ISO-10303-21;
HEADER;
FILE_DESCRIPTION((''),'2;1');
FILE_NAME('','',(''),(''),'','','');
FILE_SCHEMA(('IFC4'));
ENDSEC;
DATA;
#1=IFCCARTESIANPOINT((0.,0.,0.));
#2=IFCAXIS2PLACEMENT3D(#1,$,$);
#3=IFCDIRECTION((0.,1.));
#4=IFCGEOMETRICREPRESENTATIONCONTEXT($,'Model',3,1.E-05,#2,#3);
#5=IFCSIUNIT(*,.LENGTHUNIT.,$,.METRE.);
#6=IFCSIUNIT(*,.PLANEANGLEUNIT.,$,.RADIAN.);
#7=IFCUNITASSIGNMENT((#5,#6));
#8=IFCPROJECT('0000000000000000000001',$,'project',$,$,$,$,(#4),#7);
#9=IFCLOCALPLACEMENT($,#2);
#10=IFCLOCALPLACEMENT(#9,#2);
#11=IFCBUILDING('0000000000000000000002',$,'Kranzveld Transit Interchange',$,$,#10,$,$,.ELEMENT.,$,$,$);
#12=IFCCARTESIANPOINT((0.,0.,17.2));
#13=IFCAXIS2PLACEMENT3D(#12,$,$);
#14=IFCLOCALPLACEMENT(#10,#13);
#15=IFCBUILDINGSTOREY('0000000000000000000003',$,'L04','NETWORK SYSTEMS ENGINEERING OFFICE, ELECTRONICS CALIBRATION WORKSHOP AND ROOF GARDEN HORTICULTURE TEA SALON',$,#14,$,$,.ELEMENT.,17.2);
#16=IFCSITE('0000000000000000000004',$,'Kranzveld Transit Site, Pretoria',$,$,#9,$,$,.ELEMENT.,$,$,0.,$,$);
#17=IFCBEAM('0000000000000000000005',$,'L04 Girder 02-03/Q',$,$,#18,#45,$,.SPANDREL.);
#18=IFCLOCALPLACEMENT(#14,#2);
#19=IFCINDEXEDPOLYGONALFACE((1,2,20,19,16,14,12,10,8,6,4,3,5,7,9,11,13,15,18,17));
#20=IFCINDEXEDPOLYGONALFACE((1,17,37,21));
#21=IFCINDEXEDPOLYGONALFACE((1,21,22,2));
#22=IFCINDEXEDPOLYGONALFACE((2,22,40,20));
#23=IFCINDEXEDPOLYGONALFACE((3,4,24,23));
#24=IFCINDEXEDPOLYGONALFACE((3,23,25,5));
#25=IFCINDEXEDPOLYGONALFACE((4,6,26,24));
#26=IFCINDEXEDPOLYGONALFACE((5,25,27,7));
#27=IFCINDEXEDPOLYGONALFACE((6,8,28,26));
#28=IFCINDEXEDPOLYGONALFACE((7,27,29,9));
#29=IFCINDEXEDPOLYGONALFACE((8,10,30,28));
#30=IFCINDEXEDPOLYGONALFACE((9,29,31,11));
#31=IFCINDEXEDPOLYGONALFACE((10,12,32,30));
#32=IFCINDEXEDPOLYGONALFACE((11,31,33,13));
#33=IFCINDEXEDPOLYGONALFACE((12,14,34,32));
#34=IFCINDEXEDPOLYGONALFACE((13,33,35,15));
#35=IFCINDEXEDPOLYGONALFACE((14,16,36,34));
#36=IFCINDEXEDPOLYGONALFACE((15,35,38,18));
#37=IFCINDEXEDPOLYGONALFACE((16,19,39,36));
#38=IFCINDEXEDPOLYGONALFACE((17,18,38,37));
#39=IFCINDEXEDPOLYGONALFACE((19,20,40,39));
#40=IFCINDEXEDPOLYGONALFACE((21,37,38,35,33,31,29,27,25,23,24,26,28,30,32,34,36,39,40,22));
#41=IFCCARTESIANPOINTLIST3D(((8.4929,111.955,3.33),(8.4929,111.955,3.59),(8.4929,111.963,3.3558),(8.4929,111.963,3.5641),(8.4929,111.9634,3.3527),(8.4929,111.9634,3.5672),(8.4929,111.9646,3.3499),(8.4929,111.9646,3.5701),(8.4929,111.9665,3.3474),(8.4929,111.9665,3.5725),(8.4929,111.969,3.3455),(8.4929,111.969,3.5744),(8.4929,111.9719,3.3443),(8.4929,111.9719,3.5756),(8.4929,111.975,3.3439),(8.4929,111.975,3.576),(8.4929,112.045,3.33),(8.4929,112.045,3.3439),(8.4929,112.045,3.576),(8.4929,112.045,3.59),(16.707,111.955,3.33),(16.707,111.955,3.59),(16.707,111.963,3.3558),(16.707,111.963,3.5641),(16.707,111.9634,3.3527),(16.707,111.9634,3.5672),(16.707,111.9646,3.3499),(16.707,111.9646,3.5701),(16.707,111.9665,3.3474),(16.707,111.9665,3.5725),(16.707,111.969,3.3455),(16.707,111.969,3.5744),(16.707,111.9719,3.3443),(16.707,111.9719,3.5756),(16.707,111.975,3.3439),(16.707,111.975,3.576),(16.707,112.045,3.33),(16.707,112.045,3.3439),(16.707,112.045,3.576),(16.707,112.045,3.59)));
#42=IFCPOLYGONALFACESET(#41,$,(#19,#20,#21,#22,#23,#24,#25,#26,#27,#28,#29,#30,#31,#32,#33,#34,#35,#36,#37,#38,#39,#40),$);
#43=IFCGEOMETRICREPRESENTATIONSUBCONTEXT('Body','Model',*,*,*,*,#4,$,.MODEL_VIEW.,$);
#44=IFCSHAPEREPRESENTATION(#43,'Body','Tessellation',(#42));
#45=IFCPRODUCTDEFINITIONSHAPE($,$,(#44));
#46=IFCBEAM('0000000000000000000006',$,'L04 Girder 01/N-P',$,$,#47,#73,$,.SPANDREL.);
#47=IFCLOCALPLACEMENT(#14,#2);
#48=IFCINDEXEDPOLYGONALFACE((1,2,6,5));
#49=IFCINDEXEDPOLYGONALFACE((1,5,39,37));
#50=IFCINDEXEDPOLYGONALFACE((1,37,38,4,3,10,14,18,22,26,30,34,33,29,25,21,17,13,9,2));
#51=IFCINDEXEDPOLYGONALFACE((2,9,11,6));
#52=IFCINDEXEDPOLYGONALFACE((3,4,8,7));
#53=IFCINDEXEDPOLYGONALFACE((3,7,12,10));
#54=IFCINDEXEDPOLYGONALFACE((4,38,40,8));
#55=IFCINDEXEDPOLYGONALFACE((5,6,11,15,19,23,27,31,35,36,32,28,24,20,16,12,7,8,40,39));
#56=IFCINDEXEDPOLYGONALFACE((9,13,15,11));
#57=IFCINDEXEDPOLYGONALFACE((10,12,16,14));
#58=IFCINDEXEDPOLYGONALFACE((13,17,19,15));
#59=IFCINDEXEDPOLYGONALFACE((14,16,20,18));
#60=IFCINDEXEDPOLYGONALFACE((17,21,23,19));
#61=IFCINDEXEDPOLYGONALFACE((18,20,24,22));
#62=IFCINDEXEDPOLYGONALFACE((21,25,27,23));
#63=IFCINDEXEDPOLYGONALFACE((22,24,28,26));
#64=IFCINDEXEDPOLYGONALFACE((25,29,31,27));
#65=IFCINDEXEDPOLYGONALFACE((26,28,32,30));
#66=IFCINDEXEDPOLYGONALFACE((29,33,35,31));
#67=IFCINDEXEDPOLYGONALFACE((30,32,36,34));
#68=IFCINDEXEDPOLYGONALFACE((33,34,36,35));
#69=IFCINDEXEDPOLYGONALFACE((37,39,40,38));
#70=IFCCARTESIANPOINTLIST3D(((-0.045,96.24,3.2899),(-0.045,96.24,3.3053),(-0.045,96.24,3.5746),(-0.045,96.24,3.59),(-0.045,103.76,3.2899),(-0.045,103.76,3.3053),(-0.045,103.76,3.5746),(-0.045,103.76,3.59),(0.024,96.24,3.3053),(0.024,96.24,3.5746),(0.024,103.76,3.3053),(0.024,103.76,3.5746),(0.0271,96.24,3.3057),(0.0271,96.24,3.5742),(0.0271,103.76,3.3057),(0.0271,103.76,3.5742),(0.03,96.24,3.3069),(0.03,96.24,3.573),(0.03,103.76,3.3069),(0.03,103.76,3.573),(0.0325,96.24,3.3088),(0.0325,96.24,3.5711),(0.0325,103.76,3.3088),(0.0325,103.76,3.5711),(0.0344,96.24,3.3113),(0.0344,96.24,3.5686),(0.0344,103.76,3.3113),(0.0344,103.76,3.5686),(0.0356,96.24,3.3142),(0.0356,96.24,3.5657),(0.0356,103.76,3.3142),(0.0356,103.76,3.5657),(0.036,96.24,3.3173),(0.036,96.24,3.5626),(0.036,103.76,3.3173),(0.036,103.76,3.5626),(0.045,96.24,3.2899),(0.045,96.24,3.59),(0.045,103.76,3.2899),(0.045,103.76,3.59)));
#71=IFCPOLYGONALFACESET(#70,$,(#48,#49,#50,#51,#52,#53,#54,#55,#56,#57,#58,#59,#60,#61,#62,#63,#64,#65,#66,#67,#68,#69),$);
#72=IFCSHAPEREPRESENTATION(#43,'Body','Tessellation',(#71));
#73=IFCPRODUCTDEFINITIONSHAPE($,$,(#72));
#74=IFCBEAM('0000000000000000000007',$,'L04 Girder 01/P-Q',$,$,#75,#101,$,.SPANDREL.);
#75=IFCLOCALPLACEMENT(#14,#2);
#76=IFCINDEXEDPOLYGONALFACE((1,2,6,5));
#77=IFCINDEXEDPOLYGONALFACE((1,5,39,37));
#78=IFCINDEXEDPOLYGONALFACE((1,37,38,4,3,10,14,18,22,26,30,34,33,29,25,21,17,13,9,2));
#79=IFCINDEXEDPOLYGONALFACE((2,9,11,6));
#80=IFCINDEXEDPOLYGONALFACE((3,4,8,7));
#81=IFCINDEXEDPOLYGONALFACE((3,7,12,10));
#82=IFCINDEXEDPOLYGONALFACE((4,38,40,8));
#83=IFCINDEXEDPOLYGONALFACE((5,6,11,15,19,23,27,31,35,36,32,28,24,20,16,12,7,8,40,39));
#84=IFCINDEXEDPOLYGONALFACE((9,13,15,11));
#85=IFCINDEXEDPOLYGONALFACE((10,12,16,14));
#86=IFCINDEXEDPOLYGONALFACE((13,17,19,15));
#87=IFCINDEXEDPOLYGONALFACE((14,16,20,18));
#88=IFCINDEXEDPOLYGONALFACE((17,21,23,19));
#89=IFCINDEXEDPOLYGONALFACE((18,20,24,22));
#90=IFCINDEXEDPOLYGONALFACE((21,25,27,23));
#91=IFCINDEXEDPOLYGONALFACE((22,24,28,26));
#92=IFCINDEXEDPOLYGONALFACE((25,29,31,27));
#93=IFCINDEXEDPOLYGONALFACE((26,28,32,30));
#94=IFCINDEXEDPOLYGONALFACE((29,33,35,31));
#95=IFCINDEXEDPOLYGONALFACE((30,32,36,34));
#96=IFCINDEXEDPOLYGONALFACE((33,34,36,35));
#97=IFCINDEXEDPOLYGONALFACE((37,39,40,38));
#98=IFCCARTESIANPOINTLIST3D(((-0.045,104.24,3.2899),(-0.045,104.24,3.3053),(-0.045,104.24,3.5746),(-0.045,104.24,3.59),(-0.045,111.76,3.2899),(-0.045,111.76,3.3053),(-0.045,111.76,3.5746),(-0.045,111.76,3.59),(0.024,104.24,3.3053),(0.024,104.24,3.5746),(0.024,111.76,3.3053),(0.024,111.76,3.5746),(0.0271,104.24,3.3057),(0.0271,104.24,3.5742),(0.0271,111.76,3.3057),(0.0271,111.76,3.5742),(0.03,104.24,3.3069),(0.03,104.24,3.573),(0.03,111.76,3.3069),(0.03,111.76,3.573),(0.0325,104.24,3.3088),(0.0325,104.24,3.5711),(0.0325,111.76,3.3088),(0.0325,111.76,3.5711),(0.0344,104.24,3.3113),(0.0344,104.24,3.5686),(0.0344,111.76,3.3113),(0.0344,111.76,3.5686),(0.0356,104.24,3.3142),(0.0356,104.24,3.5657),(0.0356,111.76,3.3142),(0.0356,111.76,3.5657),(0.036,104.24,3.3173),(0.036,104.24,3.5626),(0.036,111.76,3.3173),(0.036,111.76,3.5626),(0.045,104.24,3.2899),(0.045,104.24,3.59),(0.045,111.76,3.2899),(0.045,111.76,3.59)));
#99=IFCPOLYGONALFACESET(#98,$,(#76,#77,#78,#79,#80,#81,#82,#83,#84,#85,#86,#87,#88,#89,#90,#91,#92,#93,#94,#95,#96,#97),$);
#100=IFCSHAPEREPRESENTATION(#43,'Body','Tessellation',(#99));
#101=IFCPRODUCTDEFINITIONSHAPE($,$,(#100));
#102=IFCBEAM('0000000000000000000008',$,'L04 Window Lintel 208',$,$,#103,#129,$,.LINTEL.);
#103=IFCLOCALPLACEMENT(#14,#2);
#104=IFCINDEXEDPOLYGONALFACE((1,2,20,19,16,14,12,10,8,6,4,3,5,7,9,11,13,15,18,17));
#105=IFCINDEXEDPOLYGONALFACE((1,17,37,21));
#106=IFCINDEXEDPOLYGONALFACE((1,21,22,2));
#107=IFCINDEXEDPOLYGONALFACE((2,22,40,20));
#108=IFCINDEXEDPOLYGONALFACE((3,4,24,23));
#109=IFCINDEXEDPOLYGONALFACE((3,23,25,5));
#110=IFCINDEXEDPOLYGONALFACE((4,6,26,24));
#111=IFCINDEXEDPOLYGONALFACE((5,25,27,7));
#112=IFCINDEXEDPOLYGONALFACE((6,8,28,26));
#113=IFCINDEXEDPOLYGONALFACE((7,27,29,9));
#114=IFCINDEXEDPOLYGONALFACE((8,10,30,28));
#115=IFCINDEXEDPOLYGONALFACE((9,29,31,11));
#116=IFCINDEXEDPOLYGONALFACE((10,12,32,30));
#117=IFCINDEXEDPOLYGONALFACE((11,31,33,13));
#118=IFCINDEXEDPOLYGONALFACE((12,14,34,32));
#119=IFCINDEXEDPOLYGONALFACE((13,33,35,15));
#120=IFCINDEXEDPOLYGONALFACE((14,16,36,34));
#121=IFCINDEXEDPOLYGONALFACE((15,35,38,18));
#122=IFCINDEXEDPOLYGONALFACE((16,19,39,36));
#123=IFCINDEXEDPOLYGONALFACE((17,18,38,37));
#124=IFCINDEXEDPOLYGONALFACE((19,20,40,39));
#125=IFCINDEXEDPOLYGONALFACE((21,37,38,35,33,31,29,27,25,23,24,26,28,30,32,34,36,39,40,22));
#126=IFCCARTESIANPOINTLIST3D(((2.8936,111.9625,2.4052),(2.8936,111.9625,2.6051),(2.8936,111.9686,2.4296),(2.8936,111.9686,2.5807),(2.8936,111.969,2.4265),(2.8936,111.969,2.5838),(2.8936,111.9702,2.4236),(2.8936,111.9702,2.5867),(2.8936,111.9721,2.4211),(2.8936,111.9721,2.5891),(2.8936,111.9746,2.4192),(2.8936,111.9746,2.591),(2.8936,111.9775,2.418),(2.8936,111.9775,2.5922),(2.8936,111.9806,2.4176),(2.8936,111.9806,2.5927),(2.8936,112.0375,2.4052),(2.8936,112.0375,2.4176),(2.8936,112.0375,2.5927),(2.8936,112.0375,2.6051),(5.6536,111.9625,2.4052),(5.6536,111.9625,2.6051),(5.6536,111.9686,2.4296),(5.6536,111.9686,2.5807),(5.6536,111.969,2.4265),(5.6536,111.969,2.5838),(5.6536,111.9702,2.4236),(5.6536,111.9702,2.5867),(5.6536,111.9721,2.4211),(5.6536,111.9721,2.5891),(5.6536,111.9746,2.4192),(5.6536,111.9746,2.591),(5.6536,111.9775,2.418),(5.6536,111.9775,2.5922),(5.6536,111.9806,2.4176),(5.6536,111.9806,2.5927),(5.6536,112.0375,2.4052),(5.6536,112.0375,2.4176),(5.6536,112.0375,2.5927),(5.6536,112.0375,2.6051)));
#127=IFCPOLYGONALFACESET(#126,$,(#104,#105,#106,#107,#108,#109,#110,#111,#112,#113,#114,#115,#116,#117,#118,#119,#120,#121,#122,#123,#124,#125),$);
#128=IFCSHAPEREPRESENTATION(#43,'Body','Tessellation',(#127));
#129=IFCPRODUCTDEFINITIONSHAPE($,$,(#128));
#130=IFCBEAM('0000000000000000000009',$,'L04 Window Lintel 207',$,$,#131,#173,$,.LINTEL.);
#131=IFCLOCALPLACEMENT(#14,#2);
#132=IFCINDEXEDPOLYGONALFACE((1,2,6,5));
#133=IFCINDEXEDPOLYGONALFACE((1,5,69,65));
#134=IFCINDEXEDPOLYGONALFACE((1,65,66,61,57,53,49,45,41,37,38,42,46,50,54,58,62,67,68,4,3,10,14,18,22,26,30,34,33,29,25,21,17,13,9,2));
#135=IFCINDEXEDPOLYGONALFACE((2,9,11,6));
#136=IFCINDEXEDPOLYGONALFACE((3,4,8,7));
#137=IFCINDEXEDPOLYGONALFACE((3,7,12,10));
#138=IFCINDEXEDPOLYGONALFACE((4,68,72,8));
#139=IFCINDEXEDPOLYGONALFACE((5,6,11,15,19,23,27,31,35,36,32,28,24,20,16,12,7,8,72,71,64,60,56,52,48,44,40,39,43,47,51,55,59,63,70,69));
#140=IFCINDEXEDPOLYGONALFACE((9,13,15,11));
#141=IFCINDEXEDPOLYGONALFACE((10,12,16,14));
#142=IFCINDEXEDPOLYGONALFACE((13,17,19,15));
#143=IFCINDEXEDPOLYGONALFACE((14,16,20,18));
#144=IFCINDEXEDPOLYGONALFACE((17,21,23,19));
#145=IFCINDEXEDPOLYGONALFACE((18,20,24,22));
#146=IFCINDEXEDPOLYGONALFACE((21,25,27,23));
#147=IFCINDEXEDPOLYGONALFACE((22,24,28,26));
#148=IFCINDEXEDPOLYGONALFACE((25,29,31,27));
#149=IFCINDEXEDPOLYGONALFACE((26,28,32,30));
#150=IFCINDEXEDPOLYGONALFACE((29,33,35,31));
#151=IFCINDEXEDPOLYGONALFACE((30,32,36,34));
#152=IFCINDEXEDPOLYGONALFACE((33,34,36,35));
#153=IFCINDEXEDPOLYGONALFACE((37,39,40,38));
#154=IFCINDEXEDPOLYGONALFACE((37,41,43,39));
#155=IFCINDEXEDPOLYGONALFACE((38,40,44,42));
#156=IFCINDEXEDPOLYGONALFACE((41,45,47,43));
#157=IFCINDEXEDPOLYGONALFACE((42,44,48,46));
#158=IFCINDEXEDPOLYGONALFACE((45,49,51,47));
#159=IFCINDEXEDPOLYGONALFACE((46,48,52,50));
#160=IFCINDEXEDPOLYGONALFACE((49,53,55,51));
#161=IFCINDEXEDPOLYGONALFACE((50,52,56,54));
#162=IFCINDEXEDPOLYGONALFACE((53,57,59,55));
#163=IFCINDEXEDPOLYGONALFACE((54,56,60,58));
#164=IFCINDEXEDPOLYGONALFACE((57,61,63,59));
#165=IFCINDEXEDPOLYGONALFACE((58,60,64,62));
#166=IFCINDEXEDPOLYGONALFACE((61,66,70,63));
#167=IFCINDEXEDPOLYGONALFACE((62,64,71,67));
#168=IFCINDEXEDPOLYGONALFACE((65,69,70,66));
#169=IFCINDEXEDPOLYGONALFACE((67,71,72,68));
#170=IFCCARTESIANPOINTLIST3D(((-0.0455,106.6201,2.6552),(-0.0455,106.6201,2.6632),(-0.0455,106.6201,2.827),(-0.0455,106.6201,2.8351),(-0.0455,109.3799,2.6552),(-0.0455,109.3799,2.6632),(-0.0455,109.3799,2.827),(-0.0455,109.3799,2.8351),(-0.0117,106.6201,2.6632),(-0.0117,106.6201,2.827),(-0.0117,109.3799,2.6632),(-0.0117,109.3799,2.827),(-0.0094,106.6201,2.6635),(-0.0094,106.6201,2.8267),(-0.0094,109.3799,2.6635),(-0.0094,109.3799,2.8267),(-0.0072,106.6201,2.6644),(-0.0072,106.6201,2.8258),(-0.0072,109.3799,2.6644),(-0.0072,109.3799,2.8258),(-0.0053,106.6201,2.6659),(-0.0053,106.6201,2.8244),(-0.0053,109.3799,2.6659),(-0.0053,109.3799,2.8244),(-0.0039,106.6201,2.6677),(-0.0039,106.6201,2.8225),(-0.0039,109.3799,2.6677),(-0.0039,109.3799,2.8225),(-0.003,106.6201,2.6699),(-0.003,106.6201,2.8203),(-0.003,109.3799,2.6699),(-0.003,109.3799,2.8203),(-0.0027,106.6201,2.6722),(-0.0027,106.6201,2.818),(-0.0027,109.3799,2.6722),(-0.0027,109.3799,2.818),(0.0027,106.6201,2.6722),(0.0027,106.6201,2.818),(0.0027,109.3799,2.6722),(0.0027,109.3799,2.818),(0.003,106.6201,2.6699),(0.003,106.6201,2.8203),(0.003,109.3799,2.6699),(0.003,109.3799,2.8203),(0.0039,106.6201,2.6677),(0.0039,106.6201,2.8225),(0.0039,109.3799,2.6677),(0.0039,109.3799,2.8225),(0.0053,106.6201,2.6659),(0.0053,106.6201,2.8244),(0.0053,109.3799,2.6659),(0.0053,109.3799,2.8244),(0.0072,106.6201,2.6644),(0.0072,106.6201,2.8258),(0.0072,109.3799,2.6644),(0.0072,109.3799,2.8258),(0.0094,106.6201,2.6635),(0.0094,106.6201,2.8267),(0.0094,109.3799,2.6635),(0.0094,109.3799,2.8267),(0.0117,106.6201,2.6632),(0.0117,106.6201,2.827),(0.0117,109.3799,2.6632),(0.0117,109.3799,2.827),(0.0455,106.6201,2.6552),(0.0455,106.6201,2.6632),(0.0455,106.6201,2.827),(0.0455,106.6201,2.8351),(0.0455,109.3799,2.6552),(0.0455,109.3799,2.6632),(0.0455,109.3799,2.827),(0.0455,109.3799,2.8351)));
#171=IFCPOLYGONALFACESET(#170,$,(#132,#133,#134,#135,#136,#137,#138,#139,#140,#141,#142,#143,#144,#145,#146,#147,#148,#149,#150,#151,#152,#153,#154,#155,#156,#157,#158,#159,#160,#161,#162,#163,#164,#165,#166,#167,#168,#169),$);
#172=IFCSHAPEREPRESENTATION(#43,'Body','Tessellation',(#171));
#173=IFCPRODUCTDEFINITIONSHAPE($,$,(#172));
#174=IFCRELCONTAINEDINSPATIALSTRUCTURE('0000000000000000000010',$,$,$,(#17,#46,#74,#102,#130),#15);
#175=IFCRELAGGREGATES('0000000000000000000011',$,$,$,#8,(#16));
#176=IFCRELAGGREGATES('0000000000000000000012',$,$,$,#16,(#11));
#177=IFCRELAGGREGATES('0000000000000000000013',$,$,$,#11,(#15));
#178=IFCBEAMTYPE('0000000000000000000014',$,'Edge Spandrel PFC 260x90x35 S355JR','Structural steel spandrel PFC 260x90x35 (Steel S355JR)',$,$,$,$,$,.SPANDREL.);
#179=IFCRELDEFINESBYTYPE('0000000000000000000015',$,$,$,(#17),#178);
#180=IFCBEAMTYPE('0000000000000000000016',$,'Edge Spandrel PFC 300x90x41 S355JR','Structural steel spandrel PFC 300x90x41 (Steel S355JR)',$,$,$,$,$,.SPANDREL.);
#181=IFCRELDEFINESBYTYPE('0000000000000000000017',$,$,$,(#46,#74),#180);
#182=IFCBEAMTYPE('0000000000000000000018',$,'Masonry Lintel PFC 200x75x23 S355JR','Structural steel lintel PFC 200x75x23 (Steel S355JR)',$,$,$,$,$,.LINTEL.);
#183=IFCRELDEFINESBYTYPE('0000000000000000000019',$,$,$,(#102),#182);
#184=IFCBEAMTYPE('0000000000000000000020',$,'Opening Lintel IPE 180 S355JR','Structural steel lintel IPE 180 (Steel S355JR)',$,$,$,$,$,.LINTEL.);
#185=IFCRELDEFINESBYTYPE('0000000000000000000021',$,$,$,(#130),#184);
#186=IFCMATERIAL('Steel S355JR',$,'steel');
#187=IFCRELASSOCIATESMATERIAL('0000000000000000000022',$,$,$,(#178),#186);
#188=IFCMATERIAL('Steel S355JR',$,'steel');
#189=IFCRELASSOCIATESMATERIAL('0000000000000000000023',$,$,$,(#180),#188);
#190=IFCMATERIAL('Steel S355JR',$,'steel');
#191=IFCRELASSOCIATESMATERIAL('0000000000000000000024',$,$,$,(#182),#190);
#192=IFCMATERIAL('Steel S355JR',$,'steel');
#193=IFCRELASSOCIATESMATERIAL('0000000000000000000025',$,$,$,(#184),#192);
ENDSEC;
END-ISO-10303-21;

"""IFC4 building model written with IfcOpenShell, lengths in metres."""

from ifc_helpers import new_model, si_unit, direction, frame, origin, origin_2d, place, context, subcontext, project, spatial, i_section, u_section, extrude, material, material_profile, profile_set, type_object, element, save


model = new_model("IFC4")

# Units and contexts
model_context = context("Model", 3, precision=1e-05, world=origin(), true_north=direction((0.0, 1.0)))
body_context = subcontext(model_context, "Body", "Model", "MODEL_VIEW")
ifc_project = project(units=[si_unit("LENGTHUNIT", "METRE"), si_unit("PLANEANGLEUNIT", "RADIAN")], contexts=[model_context])

# Site, building, storey
site_placement = place(None, origin())
site = spatial("IfcSite", under=ifc_project, at=site_placement, Name="Kranzveld Transit Site, Pretoria", CompositionType="ELEMENT", RefElevation=0.0)
building_placement = place(site_placement, origin())
building = spatial("IfcBuilding", under=site, at=building_placement, Name="Kranzveld Transit Interchange", CompositionType="ELEMENT")
storey_placement = place(building_placement, frame((0.0, 0.0, 17.2)))
storey = spatial("IfcBuildingStorey", under=building, at=storey_placement, Name="L04", Description="NETWORK SYSTEMS ENGINEERING OFFICE, ELECTRONICS CALIBRATION WORKSHOP AND ROOF GARDEN HORTICULTURE TEA SALON", CompositionType="ELEMENT", Elevation=17.2)

# Beams
ifc_material_1 = material(Name="Steel S355JR", Category="steel")
ifc_material_profile_1 = material_profile(ifc_material_1, u_section(Depth=0.26, FlangeWidth=0.0901, WebThickness=0.0081, FlangeThickness=0.0139, FilletRadius=0.012, at=origin_2d()), Name="PFC 260x90x35")
ifc_profile_set_1 = profile_set([ifc_material_profile_1], Name="Steel S355JR")
beam_type_1 = type_object("IfcBeamType", Name="Edge Spandrel PFC 260x90x35 S355JR", Description="Structural steel spandrel PFC 260x90x35 (Steel S355JR)", PredefinedType="SPANDREL", material=ifc_profile_set_1)
beam_1_placement = place(storey_placement, frame((8.4929, 112.0, 3.46), z_axis=(1.0, 0.0, 0.0), x_axis=(0.0, 1.0, 0.0)))
element("IfcBeam", 1, at=beam_1_placement, inside=storey, type_object=beam_type_1, Name="L04 Girder 02-03/Q", PredefinedType="SPANDREL", context=body_context, shape_type="SweptSolid", body=[
    extrude(u_section(Depth=0.26, FlangeWidth=0.0901, WebThickness=0.0081, FlangeThickness=0.0139, FilletRadius=0.012, at=origin_2d()), origin(), (0.0, 0.0, 1.0), 8.2141),
])
ifc_material_2 = material(Name="Steel S355JR", Category="steel")
ifc_material_profile_2 = material_profile(ifc_material_2, u_section(Depth=0.3, FlangeWidth=0.0901, WebThickness=0.009, FlangeThickness=0.0154, FilletRadius=0.012, at=origin_2d()), Name="PFC 300x90x41")
ifc_profile_set_2 = profile_set([ifc_material_profile_2], Name="Steel S355JR")
beam_type_2 = type_object("IfcBeamType", Name="Edge Spandrel PFC 300x90x41 S355JR", Description="Structural steel spandrel PFC 300x90x41 (Steel S355JR)", PredefinedType="SPANDREL", material=ifc_profile_set_2)
for number, where, z_axis, x_axis, name in (
    (2, (0.0, 96.24, 3.4399), (0.0, 1.0, 0.0), (-1.0, 0.0, 0.0), "L04 Girder 01/N-P"),
    (3, (0.0, 104.24, 3.4399), (0.0, 1.0, 0.0), (-1.0, 0.0, 0.0), "L04 Girder 01/P-Q"),
):
    element("IfcBeam", number, at=place(storey_placement, frame(where, z_axis=z_axis, x_axis=x_axis)), inside=storey, type_object=beam_type_2, Name=name, PredefinedType="SPANDREL", context=body_context, shape_type="SweptSolid", body=[
        extrude(u_section(Depth=0.3, FlangeWidth=0.0901, WebThickness=0.009, FlangeThickness=0.0154, FilletRadius=0.012, at=origin_2d()), origin(), (0.0, 0.0, 1.0), 7.52),
    ])
ifc_material_3 = material(Name="Steel S355JR", Category="steel")
ifc_material_profile_3 = material_profile(ifc_material_3, u_section(Depth=0.2, FlangeWidth=0.075, WebThickness=0.0061, FlangeThickness=0.0125, FilletRadius=0.012, at=origin_2d()), Name="PFC 200x75x23")
ifc_profile_set_3 = profile_set([ifc_material_profile_3], Name="Steel S355JR")
beam_type_3 = type_object("IfcBeamType", Name="Masonry Lintel PFC 200x75x23 S355JR", Description="Structural steel lintel PFC 200x75x23 (Steel S355JR)", PredefinedType="LINTEL", material=ifc_profile_set_3)
beam_2_placement = place(storey_placement, frame((2.8936, 112.0, 2.5051), z_axis=(1.0, 0.0, 0.0), x_axis=(0.0, 1.0, 0.0)))
element("IfcBeam", 4, at=beam_2_placement, inside=storey, type_object=beam_type_3, Name="L04 Window Lintel 208", PredefinedType="LINTEL", context=body_context, shape_type="SweptSolid", body=[
    extrude(u_section(Depth=0.2, FlangeWidth=0.075, WebThickness=0.0061, FlangeThickness=0.0125, FilletRadius=0.012, at=origin_2d()), origin(), (0.0, 0.0, 1.0), 2.76),
])
ifc_material_4 = material(Name="Steel S355JR", Category="steel")
ifc_material_profile_4 = material_profile(ifc_material_4, i_section(OverallWidth=0.0911, OverallDepth=0.1799, WebThickness=0.0054, FlangeThickness=0.0081, FilletRadius=0.009, at=origin_2d()), Name="IPE 180")
ifc_profile_set_4 = profile_set([ifc_material_profile_4], Name="Steel S355JR")
beam_type_4 = type_object("IfcBeamType", Name="Opening Lintel IPE 180 S355JR", Description="Structural steel lintel IPE 180 (Steel S355JR)", PredefinedType="LINTEL", material=ifc_profile_set_4)
beam_3_placement = place(storey_placement, frame((0.0, 106.6201, 2.7451), z_axis=(0.0, 1.0, 0.0), x_axis=(-1.0, 0.0, 0.0)))
element("IfcBeam", 5, at=beam_3_placement, inside=storey, type_object=beam_type_4, Name="L04 Window Lintel 207", PredefinedType="LINTEL", context=body_context, shape_type="SweptSolid", body=[
    extrude(i_section(OverallWidth=0.0911, OverallDepth=0.1799, WebThickness=0.0054, FlangeThickness=0.0081, FilletRadius=0.009, at=origin_2d()), origin(), (0.0, 0.0, 1.0), 2.7598),
])

save(model, "model.ifc")
